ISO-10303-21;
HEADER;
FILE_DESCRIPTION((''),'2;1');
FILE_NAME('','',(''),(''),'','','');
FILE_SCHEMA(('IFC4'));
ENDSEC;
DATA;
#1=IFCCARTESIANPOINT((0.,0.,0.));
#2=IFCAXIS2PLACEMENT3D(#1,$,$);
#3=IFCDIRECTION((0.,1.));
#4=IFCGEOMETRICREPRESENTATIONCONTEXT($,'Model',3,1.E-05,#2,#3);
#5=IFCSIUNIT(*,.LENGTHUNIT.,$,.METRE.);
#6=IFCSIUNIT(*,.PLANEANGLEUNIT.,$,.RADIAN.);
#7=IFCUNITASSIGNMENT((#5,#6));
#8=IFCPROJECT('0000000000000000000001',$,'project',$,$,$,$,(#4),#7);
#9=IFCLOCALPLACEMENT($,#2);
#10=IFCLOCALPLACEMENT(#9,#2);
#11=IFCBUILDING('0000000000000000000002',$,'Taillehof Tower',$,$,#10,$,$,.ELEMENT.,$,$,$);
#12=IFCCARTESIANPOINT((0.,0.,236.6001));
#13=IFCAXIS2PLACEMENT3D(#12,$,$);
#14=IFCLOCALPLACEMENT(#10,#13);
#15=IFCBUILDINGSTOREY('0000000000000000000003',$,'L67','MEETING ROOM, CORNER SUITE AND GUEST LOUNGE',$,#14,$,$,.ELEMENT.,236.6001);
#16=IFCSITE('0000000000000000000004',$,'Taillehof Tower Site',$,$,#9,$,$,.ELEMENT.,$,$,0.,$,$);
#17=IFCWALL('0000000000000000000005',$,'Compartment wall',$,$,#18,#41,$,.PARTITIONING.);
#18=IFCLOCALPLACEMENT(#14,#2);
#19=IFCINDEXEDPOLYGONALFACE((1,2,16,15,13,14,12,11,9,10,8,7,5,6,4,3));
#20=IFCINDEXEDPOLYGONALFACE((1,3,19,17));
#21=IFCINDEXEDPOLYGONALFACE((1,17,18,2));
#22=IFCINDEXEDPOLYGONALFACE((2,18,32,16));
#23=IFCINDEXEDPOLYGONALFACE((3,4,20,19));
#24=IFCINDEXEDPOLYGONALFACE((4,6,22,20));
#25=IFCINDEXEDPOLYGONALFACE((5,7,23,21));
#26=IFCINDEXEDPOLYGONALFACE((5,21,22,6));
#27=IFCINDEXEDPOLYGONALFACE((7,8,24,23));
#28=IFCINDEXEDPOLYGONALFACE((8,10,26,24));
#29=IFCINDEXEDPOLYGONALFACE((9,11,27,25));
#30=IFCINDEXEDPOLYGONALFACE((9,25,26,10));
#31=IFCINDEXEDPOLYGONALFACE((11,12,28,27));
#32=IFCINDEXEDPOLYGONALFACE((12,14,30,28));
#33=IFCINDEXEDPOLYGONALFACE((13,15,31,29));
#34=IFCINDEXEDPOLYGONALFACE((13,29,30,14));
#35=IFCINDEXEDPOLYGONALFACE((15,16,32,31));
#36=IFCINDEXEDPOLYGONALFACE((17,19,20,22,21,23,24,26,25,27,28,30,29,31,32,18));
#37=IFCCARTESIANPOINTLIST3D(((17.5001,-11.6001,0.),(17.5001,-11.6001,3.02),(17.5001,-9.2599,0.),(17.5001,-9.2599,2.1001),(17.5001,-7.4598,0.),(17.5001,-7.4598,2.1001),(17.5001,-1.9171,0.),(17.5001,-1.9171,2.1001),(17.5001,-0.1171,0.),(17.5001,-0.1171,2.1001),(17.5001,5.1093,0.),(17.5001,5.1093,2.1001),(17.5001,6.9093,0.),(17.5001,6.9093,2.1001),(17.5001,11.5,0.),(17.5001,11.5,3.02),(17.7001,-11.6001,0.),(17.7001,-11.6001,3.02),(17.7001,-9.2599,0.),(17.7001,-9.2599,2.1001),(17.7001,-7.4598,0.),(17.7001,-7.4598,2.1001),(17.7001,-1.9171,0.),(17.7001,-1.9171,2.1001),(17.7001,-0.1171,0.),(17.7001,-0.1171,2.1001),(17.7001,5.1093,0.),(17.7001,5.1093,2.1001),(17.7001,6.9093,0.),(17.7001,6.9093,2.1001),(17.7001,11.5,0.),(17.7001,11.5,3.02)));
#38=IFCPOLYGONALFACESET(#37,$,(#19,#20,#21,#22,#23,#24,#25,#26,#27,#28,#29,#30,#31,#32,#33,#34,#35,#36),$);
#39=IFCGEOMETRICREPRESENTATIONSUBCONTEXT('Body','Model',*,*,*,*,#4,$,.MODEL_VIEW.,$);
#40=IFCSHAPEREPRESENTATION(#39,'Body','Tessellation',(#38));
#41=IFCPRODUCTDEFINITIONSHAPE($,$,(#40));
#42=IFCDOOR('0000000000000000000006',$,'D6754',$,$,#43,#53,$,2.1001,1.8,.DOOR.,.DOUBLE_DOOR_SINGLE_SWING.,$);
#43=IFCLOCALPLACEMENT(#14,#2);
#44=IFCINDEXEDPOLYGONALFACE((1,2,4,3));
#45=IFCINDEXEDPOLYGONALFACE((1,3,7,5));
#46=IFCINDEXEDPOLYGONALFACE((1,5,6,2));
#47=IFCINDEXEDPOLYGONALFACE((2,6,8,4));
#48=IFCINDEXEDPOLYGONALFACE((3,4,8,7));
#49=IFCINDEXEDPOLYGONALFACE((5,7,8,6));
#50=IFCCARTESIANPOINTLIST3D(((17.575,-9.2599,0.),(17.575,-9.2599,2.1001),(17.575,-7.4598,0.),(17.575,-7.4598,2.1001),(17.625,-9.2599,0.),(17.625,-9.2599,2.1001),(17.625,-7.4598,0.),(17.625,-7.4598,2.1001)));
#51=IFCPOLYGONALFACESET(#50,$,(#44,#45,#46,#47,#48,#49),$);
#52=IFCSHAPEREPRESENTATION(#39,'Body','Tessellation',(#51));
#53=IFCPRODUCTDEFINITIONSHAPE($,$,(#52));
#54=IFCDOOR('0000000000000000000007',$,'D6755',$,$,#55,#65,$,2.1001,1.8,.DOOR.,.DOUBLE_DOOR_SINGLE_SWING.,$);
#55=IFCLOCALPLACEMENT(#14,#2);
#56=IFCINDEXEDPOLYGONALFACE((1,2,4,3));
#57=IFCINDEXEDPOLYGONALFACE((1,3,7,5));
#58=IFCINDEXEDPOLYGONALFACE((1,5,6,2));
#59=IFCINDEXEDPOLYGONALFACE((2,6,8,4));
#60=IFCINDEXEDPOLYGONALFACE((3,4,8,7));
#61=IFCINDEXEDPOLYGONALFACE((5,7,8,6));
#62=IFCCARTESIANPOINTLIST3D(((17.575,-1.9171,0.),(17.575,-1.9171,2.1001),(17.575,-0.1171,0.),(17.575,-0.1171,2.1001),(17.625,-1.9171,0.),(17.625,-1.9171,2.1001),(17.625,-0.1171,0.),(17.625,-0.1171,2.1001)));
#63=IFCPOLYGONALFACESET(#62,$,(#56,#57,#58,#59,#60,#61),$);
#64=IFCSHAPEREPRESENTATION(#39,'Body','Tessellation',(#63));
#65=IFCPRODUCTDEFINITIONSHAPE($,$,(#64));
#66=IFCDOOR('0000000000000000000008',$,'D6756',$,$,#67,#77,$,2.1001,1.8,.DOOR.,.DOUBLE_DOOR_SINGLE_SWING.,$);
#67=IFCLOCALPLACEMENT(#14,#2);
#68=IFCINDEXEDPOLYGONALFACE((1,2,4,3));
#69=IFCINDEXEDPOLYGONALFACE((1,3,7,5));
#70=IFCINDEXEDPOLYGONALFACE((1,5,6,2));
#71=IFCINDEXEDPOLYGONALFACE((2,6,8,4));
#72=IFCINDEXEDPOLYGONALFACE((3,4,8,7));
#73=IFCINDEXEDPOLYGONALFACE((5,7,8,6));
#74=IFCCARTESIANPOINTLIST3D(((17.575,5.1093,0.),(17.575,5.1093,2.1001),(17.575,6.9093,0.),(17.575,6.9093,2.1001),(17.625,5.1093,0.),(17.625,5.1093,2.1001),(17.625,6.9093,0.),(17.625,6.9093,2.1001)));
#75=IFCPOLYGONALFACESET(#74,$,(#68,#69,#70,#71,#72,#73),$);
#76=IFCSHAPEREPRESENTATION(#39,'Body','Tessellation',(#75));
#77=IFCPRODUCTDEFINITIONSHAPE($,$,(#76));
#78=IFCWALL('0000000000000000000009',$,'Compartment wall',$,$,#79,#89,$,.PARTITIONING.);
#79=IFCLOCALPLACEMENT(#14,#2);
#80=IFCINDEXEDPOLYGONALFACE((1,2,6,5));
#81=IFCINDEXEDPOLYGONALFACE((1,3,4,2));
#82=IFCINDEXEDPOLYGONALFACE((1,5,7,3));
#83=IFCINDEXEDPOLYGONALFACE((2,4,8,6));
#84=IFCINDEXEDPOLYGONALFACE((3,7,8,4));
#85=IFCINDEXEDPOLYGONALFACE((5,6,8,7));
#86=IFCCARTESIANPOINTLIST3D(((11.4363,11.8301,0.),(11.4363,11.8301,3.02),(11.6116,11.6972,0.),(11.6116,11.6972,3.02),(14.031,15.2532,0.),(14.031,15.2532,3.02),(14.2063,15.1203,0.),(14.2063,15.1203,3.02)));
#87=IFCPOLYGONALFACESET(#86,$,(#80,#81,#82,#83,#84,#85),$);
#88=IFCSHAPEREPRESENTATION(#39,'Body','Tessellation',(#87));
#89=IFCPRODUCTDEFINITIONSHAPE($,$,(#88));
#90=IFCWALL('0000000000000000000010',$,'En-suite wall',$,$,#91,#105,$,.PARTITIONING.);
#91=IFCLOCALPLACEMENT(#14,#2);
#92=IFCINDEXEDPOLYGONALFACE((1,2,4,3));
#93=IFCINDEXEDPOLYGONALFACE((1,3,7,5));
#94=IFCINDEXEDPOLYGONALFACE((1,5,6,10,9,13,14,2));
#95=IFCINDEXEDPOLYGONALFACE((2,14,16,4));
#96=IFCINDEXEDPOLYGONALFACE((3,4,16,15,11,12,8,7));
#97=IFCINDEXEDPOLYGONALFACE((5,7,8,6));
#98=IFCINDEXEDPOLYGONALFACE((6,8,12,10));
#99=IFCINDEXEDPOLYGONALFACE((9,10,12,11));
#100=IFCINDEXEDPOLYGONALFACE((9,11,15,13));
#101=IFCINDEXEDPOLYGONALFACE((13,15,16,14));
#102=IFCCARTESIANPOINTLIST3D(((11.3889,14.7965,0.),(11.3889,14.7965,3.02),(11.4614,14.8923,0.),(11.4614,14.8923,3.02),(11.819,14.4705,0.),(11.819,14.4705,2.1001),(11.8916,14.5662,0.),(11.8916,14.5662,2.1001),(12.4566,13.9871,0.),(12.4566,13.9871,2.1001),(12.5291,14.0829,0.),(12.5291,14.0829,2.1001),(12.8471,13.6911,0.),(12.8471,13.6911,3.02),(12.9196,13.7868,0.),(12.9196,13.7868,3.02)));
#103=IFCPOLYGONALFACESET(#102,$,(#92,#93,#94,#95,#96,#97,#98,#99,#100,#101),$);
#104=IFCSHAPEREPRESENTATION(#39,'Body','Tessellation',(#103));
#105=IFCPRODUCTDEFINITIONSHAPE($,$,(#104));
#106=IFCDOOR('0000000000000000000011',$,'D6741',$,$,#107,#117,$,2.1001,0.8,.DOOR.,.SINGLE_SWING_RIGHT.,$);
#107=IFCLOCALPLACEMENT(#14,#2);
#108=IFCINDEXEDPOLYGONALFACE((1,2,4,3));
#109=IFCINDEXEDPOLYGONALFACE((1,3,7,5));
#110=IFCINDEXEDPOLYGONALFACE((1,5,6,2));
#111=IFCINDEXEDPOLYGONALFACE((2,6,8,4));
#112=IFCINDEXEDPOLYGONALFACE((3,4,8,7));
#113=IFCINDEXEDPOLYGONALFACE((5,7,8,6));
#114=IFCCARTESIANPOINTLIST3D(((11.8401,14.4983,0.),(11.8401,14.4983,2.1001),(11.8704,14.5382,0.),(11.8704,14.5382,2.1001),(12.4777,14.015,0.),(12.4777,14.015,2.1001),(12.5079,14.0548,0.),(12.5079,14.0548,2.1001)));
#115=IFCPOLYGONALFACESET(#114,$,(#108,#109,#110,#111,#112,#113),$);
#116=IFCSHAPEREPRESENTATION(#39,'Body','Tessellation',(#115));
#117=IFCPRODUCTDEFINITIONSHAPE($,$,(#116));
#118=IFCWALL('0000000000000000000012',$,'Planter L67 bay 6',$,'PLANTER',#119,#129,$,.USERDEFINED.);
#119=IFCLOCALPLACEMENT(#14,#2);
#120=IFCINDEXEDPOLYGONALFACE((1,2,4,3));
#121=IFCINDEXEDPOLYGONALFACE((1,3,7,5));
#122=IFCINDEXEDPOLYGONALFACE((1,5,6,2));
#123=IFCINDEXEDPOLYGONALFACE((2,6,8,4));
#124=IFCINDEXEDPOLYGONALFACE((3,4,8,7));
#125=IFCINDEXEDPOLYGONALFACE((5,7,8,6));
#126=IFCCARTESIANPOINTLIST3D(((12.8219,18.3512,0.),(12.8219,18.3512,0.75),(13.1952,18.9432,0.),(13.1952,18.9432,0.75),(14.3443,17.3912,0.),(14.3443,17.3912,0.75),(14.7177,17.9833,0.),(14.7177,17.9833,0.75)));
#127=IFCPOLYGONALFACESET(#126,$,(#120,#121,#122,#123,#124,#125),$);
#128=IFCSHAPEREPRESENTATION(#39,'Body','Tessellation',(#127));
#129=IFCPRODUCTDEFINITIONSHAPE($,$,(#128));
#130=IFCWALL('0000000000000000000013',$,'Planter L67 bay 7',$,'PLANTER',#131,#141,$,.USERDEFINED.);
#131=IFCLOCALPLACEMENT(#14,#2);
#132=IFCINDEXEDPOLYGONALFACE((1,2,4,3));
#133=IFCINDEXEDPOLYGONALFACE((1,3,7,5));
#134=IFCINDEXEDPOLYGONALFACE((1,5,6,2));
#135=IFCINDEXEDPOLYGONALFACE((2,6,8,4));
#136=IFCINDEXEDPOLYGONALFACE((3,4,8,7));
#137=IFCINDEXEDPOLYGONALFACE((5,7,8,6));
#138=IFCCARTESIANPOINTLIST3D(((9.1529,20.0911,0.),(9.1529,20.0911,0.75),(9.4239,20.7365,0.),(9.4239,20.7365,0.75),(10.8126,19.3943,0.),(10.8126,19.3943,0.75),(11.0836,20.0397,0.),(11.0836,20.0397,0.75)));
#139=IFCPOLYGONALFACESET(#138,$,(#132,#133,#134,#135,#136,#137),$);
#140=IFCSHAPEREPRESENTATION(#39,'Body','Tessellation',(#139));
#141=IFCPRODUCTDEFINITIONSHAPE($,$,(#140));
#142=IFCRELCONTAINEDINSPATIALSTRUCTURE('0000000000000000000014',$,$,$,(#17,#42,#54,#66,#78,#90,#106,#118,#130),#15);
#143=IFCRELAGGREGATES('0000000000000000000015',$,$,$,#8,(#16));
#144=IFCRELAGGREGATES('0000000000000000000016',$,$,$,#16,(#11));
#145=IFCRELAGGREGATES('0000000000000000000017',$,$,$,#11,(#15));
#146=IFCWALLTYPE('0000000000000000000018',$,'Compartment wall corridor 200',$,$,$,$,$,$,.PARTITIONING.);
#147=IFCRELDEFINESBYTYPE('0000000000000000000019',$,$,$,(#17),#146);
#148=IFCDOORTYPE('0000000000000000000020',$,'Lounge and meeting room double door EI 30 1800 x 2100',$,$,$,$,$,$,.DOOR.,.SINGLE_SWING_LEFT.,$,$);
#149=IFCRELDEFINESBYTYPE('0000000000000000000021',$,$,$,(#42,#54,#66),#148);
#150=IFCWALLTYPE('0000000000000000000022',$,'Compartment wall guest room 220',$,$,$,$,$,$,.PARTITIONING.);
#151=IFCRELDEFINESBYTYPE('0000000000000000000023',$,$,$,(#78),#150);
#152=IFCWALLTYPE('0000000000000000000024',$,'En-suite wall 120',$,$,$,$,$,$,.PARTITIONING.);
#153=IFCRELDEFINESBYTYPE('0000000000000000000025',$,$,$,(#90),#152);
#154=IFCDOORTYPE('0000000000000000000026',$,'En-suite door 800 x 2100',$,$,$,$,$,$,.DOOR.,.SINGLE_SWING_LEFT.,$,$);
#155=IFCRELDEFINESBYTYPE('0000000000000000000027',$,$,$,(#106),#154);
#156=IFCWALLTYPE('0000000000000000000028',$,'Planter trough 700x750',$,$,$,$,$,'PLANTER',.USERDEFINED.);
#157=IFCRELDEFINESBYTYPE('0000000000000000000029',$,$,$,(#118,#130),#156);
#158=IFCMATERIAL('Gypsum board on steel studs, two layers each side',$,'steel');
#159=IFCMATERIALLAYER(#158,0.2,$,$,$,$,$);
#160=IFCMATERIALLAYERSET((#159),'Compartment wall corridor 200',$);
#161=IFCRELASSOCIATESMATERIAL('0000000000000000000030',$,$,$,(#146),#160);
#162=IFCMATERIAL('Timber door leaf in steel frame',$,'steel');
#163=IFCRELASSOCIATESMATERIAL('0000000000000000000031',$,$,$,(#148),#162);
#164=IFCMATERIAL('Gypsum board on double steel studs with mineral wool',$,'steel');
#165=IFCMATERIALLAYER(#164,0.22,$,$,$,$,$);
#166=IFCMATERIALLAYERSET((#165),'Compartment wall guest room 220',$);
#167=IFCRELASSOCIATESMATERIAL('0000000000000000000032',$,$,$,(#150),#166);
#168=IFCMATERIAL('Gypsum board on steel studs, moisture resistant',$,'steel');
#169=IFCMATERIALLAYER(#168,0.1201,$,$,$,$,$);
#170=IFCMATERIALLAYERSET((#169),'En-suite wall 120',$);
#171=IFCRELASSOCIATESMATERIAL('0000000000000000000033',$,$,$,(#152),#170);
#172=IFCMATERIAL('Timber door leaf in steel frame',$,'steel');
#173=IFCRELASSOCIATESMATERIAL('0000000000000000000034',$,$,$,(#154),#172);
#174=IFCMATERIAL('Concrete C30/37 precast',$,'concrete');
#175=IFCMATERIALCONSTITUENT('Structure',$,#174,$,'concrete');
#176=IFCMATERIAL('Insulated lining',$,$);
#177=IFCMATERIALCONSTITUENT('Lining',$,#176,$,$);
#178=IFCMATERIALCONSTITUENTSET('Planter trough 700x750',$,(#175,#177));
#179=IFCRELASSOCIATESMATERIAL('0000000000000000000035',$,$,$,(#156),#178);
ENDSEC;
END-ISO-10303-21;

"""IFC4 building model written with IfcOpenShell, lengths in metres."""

from ifc_helpers import new_model, si_unit, direction, frame, frame_2d, origin, place, context, subcontext, project, spatial, rectangle, extrude, material, layer, layer_set, constituent, constituent_set, type_object, element, fill, save


model = new_model("IFC4")

# Units and contexts
model_context = context("Model", 3, precision=1e-05, world=origin(), true_north=direction((0.0, 1.0)))
body_context = subcontext(model_context, "Body", "Model", "MODEL_VIEW")
ifc_project = project(units=[si_unit("LENGTHUNIT", "METRE"), si_unit("PLANEANGLEUNIT", "RADIAN")], contexts=[model_context])

# Site, building, storey
site_placement = place(None, origin())
site = spatial("IfcSite", under=ifc_project, at=site_placement, Name="Taillehof Tower Site", CompositionType="ELEMENT", RefElevation=0.0)
building_placement = place(site_placement, origin())
building = spatial("IfcBuilding", under=site, at=building_placement, Name="Taillehof Tower", CompositionType="ELEMENT")
storey_placement = place(building_placement, frame((0.0, 0.0, 236.6001)))
storey = spatial("IfcBuildingStorey", under=building, at=storey_placement, Name="L67", Description="MEETING ROOM, CORNER SUITE AND GUEST LOUNGE", CompositionType="ELEMENT", Elevation=236.6001)

# Wall, openings, doors
ifc_material_1 = material(Name="Gypsum board on steel studs, two layers each side", Category="steel")
ifc_layer_1 = layer(ifc_material_1, 0.2)
ifc_layer_set_1 = layer_set([ifc_layer_1], Name="Compartment wall corridor 200")
wall_type_1 = type_object("IfcWallType", Name="Compartment wall corridor 200", PredefinedType="PARTITIONING", material=ifc_layer_set_1)
wall_1_placement = place(storey_placement, frame((17.6001, 11.5, 0.0), z_axis=(0.0, 0.0, 1.0), x_axis=(0.0, -1.0, 0.0)))
wall_1 = element("IfcWall", 1, at=wall_1_placement, inside=storey, type_object=wall_type_1, Name="Compartment wall", PredefinedType="PARTITIONING", context=body_context, shape_type="SweptSolid", body=[
    extrude(rectangle(XDim=23.1001, YDim=0.2, at=frame_2d((11.55, 0.0))), origin(), (0.0, 0.0, 1.0), 3.02),
])
opening_1_placement = place(wall_1_placement, frame((18.96, 0.0, 0.0)))
opening_1 = element("IfcOpeningElement", 2, at=opening_1_placement, cuts=wall_1, PredefinedType="OPENING", context=body_context, shape_type="SweptSolid", body=[
    extrude(rectangle(XDim=1.8, YDim=2.1001, at=frame_2d((0.8999, 1.05))), frame((0.0, 0.1099, 0.0), z_axis=(0.0, -1.0, 0.0), x_axis=(1.0, 0.0, 0.0)), (0.0, 0.0, 1.0), 0.22),
])
opening_2_placement = place(wall_1_placement, frame((11.6172, 0.0, 0.0)))
opening_2 = element("IfcOpeningElement", 3, at=opening_2_placement, cuts=wall_1, PredefinedType="OPENING", context=body_context, shape_type="SweptSolid", body=[
    extrude(rectangle(XDim=1.8, YDim=2.1001, at=frame_2d((0.8999, 1.05))), frame((0.0, 0.1099, 0.0), z_axis=(0.0, -1.0, 0.0), x_axis=(1.0, 0.0, 0.0)), (0.0, 0.0, 1.0), 0.22),
])
opening_3_placement = place(wall_1_placement, frame((4.5908, 0.0, 0.0)))
opening_3 = element("IfcOpeningElement", 4, at=opening_3_placement, cuts=wall_1, PredefinedType="OPENING", context=body_context, shape_type="SweptSolid", body=[
    extrude(rectangle(XDim=1.8, YDim=2.1001, at=frame_2d((0.8999, 1.05))), frame((0.0, 0.1099, 0.0), z_axis=(0.0, -1.0, 0.0), x_axis=(1.0, 0.0, 0.0)), (0.0, 0.0, 1.0), 0.22),
])
ifc_material_2 = material(Name="Timber door leaf in steel frame", Category="steel")
door_type_1 = type_object("IfcDoorType", Name="Lounge and meeting room double door EI 30 1800 x 2100", OperationType="SINGLE_SWING_LEFT", PredefinedType="DOOR", material=ifc_material_2)
door_1_placement = place(opening_1_placement, origin())
door_1 = element("IfcDoor", 5, at=door_1_placement, inside=storey, type_object=door_type_1, Name="D6754", OperationType="DOUBLE_DOOR_SINGLE_SWING", OverallHeight=2.1001, OverallWidth=1.8, PredefinedType="DOOR", context=body_context, shape_type="SweptSolid", body=[
    extrude(rectangle(XDim=1.8, YDim=2.1001, at=frame_2d((0.8999, 1.05))), frame((0.0, 0.0249, 0.0), z_axis=(0.0, -1.0, 0.0), x_axis=(1.0, 0.0, 0.0)), (0.0, 0.0, 1.0), 0.05),
])
fill(opening_1, door_1)
door_2_placement = place(opening_2_placement, origin())
door_2 = element("IfcDoor", 6, at=door_2_placement, inside=storey, type_object=door_type_1, Name="D6755", OperationType="DOUBLE_DOOR_SINGLE_SWING", OverallHeight=2.1001, OverallWidth=1.8, PredefinedType="DOOR", context=body_context, shape_type="SweptSolid", body=[
    extrude(rectangle(XDim=1.8, YDim=2.1001, at=frame_2d((0.8999, 1.05))), frame((0.0, 0.0249, 0.0), z_axis=(0.0, -1.0, 0.0), x_axis=(1.0, 0.0, 0.0)), (0.0, 0.0, 1.0), 0.05),
])
fill(opening_2, door_2)
door_3_placement = place(opening_3_placement, origin())
door_3 = element("IfcDoor", 7, at=door_3_placement, inside=storey, type_object=door_type_1, Name="D6756", OperationType="DOUBLE_DOOR_SINGLE_SWING", OverallHeight=2.1001, OverallWidth=1.8, PredefinedType="DOOR", context=body_context, shape_type="SweptSolid", body=[
    extrude(rectangle(XDim=1.8, YDim=2.1001, at=frame_2d((0.8999, 1.05))), frame((0.0, 0.0249, 0.0), z_axis=(0.0, -1.0, 0.0), x_axis=(1.0, 0.0, 0.0)), (0.0, 0.0, 1.0), 0.05),
])
fill(opening_3, door_3)

# Wall
ifc_material_3 = material(Name="Gypsum board on double steel studs with mineral wool", Category="steel")
ifc_layer_2 = layer(ifc_material_3, 0.22)
ifc_layer_set_2 = layer_set([ifc_layer_2], Name="Compartment wall guest room 220")
wall_type_2 = type_object("IfcWallType", Name="Compartment wall guest room 220", PredefinedType="PARTITIONING", material=ifc_layer_set_2)
wall_2_placement = place(storey_placement, frame((14.1187, 15.1868, 0.0), z_axis=(0.0, 0.0, 1.0), x_axis=(-0.604075, -0.796927, 0.0)))
element("IfcWall", 8, at=wall_2_placement, inside=storey, type_object=wall_type_2, Name="Compartment wall", PredefinedType="PARTITIONING", context=body_context, shape_type="SweptSolid", body=[
    extrude(rectangle(XDim=4.2954, YDim=0.22, at=frame_2d((2.1477, 0.0))), origin(), (0.0, 0.0, 1.0), 3.02),
])

# Wall, opening, door
ifc_material_4 = material(Name="Gypsum board on steel studs, moisture resistant", Category="steel")
ifc_layer_3 = layer(ifc_material_4, 0.1201)
ifc_layer_set_3 = layer_set([ifc_layer_3], Name="En-suite wall 120")
wall_type_3 = type_object("IfcWallType", Name="En-suite wall 120", PredefinedType="PARTITIONING", material=ifc_layer_set_3)
wall_3_placement = place(storey_placement, frame((11.425, 14.8445, 0.0), z_axis=(0.0, 0.0, 1.0), x_axis=(0.796899, -0.604112, 0.0)))
wall_3 = element("IfcWall", 9, at=wall_3_placement, inside=storey, type_object=wall_type_3, Name="En-suite wall", PredefinedType="PARTITIONING", context=body_context, shape_type="SweptSolid", body=[
    extrude(rectangle(XDim=1.8298, YDim=0.1201, at=frame_2d((0.915, 0.0))), origin(), (0.0, 0.0, 1.0), 3.02),
])
opening_4_placement = place(wall_3_placement, frame((0.54, 0.0, 0.0)))
opening_4 = element("IfcOpeningElement", 10, at=opening_4_placement, cuts=wall_3, PredefinedType="OPENING", context=body_context, shape_type="SweptSolid", body=[
    extrude(rectangle(XDim=0.8, YDim=2.1001, at=frame_2d((0.3999, 1.05))), frame((0.0, 0.0701, 0.0), z_axis=(0.0, -1.0, 0.0), x_axis=(1.0, 0.0, 0.0)), (0.0, 0.0, 1.0), 0.1401),
])
ifc_material_5 = material(Name="Timber door leaf in steel frame", Category="steel")
door_type_2 = type_object("IfcDoorType", Name="En-suite door 800 x 2100", OperationType="SINGLE_SWING_LEFT", PredefinedType="DOOR", material=ifc_material_5)
door_4_placement = place(opening_4_placement, origin())
door_4 = element("IfcDoor", 11, at=door_4_placement, inside=storey, type_object=door_type_2, Name="D6741", OperationType="SINGLE_SWING_RIGHT", OverallHeight=2.1001, OverallWidth=0.8, PredefinedType="DOOR", context=body_context, shape_type="SweptSolid", body=[
    extrude(rectangle(XDim=0.8, YDim=2.1001, at=frame_2d((0.3999, 1.05))), frame((0.0, 0.0249, 0.0), z_axis=(0.0, -1.0, 0.0), x_axis=(1.0, 0.0, 0.0)), (0.0, 0.0, 1.0), 0.05),
])
fill(opening_4, door_4)

# Walls
ifc_material_6 = material(Name="Concrete C30/37 precast", Category="concrete")
ifc_constituent_1 = constituent(ifc_material_6, Name="Structure", Category="concrete")
ifc_material_7 = material(Name="Insulated lining")
ifc_constituent_2 = constituent(ifc_material_7, Name="Lining")
ifc_constituent_set = constituent_set(constituents=[ifc_constituent_1, ifc_constituent_2], Name="Planter trough 700x750")
wall_type_4 = type_object("IfcWallType", Name="Planter trough 700x750", ElementType="PLANTER", PredefinedType="USERDEFINED", material=ifc_constituent_set)
wall_4_placement = place(storey_placement, frame((14.531, 17.6873, 0.0), z_axis=(0.0, 0.0, 1.0), x_axis=(-0.845888, 0.53336, 0.0)))
element("IfcWall", 12, at=wall_4_placement, inside=storey, type_object=wall_type_4, Name="Planter L67 bay 6", ObjectType="PLANTER", PredefinedType="USERDEFINED", context=body_context, shape_type="SweptSolid", body=[
    extrude(rectangle(XDim=1.7998, YDim=0.7, at=frame_2d((0.8999, 0.0))), origin(), (0.0, 0.0, 1.0), 0.75),
])
wall_5_placement = place(storey_placement, frame((10.948, 19.717, 0.0), z_axis=(0.0, 0.0, 1.0), x_axis=(-0.922038, 0.387099, 0.0)))
element("IfcWall", 13, at=wall_5_placement, inside=storey, type_object=wall_type_4, Name="Planter L67 bay 7", ObjectType="PLANTER", PredefinedType="USERDEFINED", context=body_context, shape_type="SweptSolid", body=[
    extrude(rectangle(XDim=1.8, YDim=0.7, at=frame_2d((0.8999, 0.0))), origin(), (0.0, 0.0, 1.0), 0.75),
])

save(model, "model.ifc")
